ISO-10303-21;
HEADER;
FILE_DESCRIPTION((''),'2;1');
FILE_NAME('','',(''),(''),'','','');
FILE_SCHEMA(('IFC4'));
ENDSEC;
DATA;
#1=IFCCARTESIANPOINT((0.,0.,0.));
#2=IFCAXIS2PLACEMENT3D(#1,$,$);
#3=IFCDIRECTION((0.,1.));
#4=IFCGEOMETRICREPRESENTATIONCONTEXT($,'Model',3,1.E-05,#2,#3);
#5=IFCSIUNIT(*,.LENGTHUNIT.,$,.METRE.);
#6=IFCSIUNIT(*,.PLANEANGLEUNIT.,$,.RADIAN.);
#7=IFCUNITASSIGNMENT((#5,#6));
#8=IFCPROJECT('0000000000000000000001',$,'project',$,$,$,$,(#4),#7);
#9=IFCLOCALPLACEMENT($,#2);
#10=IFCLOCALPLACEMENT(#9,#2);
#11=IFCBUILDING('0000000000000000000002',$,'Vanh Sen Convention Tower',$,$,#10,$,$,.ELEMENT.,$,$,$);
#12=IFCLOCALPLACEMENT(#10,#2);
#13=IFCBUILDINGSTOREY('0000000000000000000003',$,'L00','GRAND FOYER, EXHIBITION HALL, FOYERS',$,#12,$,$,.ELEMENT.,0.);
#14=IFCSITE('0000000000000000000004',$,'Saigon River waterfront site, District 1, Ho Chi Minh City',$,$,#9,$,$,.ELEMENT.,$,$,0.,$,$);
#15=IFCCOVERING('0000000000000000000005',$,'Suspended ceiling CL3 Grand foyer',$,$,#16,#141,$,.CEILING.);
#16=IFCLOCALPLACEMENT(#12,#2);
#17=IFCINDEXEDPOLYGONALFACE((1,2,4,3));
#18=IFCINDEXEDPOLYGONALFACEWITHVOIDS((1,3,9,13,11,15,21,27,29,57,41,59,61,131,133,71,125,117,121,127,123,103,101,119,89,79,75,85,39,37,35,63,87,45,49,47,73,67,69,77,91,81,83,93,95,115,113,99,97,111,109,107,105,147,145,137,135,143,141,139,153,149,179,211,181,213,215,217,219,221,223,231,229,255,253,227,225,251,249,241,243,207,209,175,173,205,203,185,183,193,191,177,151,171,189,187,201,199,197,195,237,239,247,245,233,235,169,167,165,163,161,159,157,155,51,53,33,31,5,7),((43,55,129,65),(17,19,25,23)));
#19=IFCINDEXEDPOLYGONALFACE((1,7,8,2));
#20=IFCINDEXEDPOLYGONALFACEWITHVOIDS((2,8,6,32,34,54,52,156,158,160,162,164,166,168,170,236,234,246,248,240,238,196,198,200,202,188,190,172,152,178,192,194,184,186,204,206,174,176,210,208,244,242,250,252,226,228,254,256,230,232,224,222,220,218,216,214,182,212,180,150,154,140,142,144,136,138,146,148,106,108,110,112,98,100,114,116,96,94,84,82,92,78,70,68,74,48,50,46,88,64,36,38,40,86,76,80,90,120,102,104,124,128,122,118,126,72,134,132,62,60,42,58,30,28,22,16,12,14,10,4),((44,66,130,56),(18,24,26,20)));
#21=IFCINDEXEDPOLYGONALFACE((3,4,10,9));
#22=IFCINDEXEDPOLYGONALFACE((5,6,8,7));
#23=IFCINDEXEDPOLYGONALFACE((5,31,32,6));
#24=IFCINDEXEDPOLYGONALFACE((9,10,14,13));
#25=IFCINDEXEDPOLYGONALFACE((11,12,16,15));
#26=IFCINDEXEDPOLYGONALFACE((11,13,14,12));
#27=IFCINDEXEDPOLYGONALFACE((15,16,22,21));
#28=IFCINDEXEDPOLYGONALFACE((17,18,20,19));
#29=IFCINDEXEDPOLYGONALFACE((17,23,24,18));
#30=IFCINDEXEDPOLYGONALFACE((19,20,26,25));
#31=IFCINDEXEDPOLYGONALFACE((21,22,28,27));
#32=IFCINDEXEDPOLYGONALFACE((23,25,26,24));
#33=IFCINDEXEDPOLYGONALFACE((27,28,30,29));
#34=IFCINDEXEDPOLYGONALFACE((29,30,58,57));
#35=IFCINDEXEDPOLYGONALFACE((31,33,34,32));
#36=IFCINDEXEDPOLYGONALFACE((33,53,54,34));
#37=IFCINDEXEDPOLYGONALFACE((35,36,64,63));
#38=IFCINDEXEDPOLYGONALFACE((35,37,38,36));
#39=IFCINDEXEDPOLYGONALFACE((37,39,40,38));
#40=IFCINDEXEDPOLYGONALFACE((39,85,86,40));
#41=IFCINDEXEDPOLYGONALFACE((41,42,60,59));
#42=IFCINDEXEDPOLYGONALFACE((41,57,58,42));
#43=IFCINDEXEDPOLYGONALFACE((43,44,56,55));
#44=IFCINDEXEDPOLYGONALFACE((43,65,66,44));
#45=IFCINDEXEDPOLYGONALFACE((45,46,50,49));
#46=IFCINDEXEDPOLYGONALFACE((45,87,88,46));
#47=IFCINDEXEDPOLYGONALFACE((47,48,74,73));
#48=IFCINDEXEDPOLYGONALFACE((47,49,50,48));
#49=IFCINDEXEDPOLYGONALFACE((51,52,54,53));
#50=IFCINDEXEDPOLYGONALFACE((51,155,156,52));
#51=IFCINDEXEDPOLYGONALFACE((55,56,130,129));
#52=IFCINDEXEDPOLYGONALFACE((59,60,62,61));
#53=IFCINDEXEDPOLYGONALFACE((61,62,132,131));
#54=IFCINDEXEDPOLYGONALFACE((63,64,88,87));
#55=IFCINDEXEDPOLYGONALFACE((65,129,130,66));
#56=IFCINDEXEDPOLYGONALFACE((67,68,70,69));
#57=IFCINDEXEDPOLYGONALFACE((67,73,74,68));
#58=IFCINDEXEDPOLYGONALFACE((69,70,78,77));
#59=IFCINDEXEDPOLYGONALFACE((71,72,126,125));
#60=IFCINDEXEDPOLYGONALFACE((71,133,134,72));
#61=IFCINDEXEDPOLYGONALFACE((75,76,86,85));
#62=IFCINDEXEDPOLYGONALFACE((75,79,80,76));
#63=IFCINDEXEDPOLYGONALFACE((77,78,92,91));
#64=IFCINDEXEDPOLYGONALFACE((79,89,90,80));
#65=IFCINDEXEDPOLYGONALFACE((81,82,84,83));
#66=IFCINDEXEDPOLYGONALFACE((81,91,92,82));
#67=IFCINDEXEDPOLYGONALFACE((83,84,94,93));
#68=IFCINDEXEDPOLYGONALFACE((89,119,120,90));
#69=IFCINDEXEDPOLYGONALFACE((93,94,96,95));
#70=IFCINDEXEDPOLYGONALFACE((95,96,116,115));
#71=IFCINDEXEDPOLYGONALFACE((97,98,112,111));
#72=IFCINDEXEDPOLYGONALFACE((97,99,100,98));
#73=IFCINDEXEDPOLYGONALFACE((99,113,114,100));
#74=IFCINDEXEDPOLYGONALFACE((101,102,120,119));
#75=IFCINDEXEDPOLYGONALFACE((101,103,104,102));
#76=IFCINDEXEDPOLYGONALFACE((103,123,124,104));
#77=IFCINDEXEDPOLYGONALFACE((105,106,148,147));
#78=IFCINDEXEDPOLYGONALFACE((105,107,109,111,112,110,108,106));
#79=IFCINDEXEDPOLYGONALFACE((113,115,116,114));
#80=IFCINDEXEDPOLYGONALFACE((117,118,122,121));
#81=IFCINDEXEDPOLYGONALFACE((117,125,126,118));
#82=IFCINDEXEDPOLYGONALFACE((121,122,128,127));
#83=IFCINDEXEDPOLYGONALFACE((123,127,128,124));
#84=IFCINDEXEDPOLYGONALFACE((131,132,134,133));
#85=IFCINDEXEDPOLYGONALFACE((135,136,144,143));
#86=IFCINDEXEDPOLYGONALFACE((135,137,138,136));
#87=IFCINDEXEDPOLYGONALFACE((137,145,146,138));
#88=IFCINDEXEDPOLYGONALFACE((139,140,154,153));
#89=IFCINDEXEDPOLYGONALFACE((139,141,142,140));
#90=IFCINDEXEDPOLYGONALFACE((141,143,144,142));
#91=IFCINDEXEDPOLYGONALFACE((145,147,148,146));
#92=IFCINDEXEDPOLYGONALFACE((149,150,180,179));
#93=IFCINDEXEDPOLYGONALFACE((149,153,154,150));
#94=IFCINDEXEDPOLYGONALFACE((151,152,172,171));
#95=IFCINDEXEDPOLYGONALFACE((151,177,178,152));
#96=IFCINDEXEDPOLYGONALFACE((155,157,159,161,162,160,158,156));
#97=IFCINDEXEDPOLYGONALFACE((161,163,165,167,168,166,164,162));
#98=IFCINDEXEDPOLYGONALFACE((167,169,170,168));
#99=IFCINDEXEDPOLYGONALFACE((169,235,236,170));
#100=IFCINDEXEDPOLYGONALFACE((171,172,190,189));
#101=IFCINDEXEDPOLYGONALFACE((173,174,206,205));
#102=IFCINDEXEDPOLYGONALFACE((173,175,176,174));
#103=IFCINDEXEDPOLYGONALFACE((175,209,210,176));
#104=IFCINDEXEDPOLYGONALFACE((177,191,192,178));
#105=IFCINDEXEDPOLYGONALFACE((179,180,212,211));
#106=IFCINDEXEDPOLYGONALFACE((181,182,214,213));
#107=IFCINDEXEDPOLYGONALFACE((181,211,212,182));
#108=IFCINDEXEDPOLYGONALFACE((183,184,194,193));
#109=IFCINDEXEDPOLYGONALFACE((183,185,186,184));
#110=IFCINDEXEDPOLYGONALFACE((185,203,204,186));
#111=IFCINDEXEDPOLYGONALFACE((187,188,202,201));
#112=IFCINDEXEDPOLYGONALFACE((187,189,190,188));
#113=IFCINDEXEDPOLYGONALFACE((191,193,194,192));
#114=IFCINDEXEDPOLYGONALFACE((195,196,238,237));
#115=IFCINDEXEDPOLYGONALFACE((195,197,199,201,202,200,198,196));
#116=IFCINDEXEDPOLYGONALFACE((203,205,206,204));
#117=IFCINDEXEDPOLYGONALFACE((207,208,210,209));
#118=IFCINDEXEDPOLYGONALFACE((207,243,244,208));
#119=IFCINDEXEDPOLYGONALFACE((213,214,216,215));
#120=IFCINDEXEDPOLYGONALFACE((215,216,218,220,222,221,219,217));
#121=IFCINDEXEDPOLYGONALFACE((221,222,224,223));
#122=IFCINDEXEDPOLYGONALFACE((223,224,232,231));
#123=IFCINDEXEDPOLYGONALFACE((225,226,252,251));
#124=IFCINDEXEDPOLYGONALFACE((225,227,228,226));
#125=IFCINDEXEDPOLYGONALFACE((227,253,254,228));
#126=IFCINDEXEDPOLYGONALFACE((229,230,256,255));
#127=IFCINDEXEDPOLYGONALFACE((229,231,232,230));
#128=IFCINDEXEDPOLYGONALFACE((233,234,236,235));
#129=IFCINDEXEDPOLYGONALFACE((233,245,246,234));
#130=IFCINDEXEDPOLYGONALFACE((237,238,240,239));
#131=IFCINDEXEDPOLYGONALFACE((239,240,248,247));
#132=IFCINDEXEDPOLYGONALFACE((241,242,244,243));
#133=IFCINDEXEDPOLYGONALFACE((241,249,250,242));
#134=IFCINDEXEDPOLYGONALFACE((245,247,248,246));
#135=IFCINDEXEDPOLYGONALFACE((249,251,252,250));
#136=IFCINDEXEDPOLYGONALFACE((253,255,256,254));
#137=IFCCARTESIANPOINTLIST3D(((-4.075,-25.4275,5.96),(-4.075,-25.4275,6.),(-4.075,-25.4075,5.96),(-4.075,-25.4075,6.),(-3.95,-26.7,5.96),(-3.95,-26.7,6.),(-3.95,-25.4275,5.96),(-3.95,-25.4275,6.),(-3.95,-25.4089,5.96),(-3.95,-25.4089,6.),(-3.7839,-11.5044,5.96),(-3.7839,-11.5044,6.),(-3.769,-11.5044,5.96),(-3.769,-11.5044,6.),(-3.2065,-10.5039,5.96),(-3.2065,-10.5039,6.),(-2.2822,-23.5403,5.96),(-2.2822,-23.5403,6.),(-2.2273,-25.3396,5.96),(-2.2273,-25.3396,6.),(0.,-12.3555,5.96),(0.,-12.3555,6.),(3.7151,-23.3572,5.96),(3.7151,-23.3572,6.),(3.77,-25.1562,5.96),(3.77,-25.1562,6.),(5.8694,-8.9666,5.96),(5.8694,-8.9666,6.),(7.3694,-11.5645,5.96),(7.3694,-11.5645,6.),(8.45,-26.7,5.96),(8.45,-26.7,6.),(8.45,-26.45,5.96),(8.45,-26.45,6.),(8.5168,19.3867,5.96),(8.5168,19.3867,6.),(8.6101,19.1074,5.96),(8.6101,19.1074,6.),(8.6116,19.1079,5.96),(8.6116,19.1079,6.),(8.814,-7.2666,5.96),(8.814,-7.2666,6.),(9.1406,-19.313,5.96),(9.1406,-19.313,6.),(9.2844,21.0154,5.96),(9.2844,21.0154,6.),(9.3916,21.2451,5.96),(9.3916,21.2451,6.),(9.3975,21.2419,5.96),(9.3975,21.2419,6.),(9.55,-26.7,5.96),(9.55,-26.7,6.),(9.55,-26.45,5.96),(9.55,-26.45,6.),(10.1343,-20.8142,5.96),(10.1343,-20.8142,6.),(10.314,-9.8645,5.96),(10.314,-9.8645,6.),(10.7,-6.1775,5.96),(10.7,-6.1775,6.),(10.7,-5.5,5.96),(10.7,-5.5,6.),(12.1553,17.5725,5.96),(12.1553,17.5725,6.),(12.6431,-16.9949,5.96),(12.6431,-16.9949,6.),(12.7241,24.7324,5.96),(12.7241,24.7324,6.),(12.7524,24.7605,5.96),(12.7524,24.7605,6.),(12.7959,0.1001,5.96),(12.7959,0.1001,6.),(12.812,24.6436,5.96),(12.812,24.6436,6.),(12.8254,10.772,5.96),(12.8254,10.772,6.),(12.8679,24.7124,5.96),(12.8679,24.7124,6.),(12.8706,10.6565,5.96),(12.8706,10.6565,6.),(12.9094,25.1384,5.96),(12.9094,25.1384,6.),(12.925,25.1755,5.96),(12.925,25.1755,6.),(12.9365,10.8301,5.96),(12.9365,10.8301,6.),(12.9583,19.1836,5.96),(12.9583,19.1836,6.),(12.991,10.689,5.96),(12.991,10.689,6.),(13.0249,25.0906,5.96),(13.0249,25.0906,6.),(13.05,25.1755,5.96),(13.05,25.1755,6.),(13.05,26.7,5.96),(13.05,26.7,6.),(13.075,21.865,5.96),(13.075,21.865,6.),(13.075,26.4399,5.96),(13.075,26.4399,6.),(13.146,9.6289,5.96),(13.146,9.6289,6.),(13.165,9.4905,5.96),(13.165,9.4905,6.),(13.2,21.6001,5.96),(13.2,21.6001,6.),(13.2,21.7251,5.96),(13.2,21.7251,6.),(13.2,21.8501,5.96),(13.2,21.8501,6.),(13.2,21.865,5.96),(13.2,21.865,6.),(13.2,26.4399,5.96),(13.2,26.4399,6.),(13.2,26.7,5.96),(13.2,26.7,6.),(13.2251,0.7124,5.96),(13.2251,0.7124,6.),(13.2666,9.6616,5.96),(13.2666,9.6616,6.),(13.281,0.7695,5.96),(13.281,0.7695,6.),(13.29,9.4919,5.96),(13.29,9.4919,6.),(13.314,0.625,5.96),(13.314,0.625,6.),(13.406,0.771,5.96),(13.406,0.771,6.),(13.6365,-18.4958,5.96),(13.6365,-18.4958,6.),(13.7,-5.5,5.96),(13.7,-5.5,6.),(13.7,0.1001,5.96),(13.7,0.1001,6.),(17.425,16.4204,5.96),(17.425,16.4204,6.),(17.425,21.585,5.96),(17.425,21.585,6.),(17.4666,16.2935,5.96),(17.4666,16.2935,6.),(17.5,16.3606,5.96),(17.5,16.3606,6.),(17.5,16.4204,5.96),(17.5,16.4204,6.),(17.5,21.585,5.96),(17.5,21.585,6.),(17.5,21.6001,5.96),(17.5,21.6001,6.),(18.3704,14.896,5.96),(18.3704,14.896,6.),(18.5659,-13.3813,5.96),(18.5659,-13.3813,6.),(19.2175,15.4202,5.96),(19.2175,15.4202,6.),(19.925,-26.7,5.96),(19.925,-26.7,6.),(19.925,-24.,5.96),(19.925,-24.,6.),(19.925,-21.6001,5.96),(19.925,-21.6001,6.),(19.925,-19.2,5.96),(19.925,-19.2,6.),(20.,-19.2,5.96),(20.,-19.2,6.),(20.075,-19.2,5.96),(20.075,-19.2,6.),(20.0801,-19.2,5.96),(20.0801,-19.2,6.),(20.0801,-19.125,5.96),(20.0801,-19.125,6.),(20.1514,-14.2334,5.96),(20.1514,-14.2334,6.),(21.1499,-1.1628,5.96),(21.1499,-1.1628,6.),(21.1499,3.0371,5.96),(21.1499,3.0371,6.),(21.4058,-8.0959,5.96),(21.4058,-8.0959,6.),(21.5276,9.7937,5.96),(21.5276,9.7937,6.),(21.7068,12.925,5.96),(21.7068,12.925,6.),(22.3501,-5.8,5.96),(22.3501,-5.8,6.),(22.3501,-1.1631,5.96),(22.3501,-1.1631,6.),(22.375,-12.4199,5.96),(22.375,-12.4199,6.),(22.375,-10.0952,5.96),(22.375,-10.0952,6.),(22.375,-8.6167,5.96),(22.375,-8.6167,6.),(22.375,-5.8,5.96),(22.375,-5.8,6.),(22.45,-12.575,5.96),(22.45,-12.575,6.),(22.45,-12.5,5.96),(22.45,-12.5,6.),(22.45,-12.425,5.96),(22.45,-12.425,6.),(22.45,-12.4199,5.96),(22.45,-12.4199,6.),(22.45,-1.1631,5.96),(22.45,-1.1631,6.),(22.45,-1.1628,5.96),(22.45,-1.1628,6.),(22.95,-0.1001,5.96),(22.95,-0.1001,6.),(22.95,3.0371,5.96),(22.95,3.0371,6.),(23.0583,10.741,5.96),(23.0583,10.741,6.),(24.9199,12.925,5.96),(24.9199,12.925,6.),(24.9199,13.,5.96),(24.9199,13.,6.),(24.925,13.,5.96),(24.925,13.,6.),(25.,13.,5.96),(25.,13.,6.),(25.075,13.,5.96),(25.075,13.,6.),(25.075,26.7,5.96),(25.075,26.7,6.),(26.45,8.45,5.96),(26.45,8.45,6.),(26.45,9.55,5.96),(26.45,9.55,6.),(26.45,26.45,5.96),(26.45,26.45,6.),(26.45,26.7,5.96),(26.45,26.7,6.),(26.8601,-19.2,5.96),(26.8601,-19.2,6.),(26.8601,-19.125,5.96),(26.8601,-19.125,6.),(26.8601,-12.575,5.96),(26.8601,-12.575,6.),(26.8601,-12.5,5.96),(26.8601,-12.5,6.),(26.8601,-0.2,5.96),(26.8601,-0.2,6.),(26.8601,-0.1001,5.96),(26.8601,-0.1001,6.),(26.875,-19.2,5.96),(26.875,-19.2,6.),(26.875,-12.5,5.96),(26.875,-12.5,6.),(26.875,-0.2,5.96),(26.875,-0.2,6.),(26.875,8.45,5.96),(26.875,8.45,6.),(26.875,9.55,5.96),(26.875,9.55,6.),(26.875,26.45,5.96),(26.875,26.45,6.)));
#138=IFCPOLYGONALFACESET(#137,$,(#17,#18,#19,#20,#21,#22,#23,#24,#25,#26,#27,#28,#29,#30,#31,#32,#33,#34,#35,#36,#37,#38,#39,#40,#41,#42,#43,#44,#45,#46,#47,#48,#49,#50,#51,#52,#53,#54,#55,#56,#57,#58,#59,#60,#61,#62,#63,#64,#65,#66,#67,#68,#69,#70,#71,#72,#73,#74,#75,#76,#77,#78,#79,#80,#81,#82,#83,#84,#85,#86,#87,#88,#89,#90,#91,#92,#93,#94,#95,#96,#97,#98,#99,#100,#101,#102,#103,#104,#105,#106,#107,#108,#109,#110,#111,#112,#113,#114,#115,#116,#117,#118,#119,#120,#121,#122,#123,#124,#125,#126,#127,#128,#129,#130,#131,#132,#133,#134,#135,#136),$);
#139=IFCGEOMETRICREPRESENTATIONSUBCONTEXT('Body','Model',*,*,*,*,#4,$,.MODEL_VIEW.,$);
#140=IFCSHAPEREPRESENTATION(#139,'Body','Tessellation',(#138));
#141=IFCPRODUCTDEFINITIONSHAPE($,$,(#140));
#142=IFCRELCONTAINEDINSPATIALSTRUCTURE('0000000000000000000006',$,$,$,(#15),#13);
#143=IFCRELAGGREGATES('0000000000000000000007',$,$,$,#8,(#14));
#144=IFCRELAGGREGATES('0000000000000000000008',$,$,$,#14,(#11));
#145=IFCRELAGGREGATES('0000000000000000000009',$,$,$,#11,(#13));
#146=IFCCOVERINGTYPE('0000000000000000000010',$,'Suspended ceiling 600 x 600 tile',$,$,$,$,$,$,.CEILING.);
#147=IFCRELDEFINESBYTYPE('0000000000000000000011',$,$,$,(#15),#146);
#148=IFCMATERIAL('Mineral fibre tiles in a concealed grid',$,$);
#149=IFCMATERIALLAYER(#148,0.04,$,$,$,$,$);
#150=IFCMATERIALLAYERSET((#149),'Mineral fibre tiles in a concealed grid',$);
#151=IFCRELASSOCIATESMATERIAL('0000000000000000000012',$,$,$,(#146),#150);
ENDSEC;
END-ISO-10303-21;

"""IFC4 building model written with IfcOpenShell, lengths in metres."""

from ifc_helpers import new_model, si_unit, direction, frame, origin, place, context, subcontext, project, spatial, polyline, outline, extrude, material, layer, layer_set, type_object, element, save


model = new_model("IFC4")

# Units and contexts
model_context = context("Model", 3, precision=1e-05, world=origin(), true_north=direction((0.0, 1.0)))
body_context = subcontext(model_context, "Body", "Model", "MODEL_VIEW")
ifc_project = project(units=[si_unit("LENGTHUNIT", "METRE"), si_unit("PLANEANGLEUNIT", "RADIAN")], contexts=[model_context])

# Site, building, storey
site_placement = place(None, origin())
site = spatial("IfcSite", under=ifc_project, at=site_placement, Name="Saigon River waterfront site, District 1, Ho Chi Minh City", CompositionType="ELEMENT", RefElevation=0.0)
building_placement = place(site_placement, origin())
building = spatial("IfcBuilding", under=site, at=building_placement, Name="Vanh Sen Convention Tower", CompositionType="ELEMENT")
storey_placement = place(building_placement, origin())
storey = spatial("IfcBuildingStorey", under=building, at=storey_placement, Name="L00", Description="GRAND FOYER, EXHIBITION HALL, FOYERS", CompositionType="ELEMENT", Elevation=0.0)

# Covering
ifc_material_1 = material(Name="Mineral fibre tiles in a concealed grid")
ifc_layer_1 = layer(ifc_material_1, 0.04)
ifc_layer_set_1 = layer_set([ifc_layer_1], Name="Mineral fibre tiles in a concealed grid")
covering_type = type_object("IfcCoveringType", Name="Suspended ceiling 600 x 600 tile", PredefinedType="CEILING", material=ifc_layer_set_1)
covering_1_placement = place(storey_placement, frame((0.0, 0.0, 5.96)))
element("IfcCovering", 1, at=covering_1_placement, inside=storey, type_object=covering_type, Name="Suspended ceiling CL3 Grand foyer", PredefinedType="CEILING", context=body_context, shape_type="SweptSolid", body=[
    extrude(outline(polyline([(7.3694, -11.5645), (5.8694, -8.9666), (0.0, -12.3555), (-3.2065, -10.5039), (-3.7839, -11.5044), (-3.769, -11.5044), (-3.95, -25.4089), (-4.075, -25.4075), (-4.075, -25.4275), (-3.95, -25.4275), (-3.95, -26.7), (8.45, -26.7), (8.45, -26.45), (9.55, -26.45), (9.55, -26.7), (19.925, -26.7), (19.925, -24.0), (19.925, -21.6001), (19.925, -19.2), (20.0, -19.2), (20.075, -19.2), (20.0801, -19.2), (20.0801, -19.125), (26.8601, -19.125), (26.8601, -19.2), (26.875, -19.2), (26.875, -12.5), (26.8601, -12.5), (26.8601, -12.575), (22.45, -12.575), (22.45, -12.5), (22.45, -12.425), (22.45, -12.4199), (22.375, -12.4199), (22.375, -10.0952), (20.1514, -14.2334), (18.5659, -13.3813), (21.4058, -8.0959), (22.375, -8.6167), (22.375, -5.8), (22.3501, -5.8), (22.3501, -1.1631), (22.45, -1.1631), (22.45, -1.1628), (21.1499, -1.1628), (21.1499, 3.0371), (22.95, 3.0371), (22.95, -0.1001), (26.8601, -0.1001), (26.8601, -0.2), (26.875, -0.2), (26.875, 8.45), (26.45, 8.45), (26.45, 9.55), (26.875, 9.55), (26.875, 26.45), (26.45, 26.45), (26.45, 26.7), (25.075, 26.7), (25.075, 13.0), (25.0, 13.0), (24.925, 13.0), (24.9199, 13.0), (24.9199, 12.925), (21.7068, 12.925), (23.0583, 10.741), (21.5276, 9.7937), (18.3704, 14.896), (19.2175, 15.4202), (17.4666, 16.2935), (17.5, 16.3606), (17.5, 16.4204), (17.425, 16.4204), (17.425, 21.585), (17.5, 21.585), (17.5, 21.6001), (13.2, 21.6001), (13.2, 21.7251), (13.2, 21.8501), (13.2, 21.865), (13.075, 21.865), (13.075, 26.4399), (13.2, 26.4399), (13.2, 26.7), (13.05, 26.7), (13.05, 25.1755), (12.925, 25.1755), (12.9094, 25.1384), (13.0249, 25.0906), (12.8679, 24.7124), (12.7524, 24.7605), (12.7241, 24.7324), (12.812, 24.6436), (9.3916, 21.2451), (9.3975, 21.2419), (9.2844, 21.0154), (12.9583, 19.1836), (12.1553, 17.5725), (8.5168, 19.3867), (8.6101, 19.1074), (8.6116, 19.1079), (12.9365, 10.8301), (12.8254, 10.772), (12.8706, 10.6565), (12.991, 10.689), (13.2666, 9.6616), (13.146, 9.6289), (13.165, 9.4905), (13.29, 9.4919), (13.406, 0.771), (13.281, 0.7695), (13.2251, 0.7124), (13.314, 0.625), (12.7959, 0.1001), (13.7, 0.1001), (13.7, -5.5), (10.7, -5.5), (10.7, -6.1775), (8.814, -7.2666), (10.314, -9.8645), (7.3694, -11.5645)]), holes=[polyline([(-2.2273, -25.3396), (3.77, -25.1562), (3.7151, -23.3572), (-2.2822, -23.5403), (-2.2273, -25.3396)]), polyline([(10.1343, -20.8142), (13.6365, -18.4958), (12.6431, -16.9949), (9.1406, -19.313), (10.1343, -20.8142)])]), origin(), (0.0, 0.0, 1.0), 0.04),
])

save(model, "model.ifc")
